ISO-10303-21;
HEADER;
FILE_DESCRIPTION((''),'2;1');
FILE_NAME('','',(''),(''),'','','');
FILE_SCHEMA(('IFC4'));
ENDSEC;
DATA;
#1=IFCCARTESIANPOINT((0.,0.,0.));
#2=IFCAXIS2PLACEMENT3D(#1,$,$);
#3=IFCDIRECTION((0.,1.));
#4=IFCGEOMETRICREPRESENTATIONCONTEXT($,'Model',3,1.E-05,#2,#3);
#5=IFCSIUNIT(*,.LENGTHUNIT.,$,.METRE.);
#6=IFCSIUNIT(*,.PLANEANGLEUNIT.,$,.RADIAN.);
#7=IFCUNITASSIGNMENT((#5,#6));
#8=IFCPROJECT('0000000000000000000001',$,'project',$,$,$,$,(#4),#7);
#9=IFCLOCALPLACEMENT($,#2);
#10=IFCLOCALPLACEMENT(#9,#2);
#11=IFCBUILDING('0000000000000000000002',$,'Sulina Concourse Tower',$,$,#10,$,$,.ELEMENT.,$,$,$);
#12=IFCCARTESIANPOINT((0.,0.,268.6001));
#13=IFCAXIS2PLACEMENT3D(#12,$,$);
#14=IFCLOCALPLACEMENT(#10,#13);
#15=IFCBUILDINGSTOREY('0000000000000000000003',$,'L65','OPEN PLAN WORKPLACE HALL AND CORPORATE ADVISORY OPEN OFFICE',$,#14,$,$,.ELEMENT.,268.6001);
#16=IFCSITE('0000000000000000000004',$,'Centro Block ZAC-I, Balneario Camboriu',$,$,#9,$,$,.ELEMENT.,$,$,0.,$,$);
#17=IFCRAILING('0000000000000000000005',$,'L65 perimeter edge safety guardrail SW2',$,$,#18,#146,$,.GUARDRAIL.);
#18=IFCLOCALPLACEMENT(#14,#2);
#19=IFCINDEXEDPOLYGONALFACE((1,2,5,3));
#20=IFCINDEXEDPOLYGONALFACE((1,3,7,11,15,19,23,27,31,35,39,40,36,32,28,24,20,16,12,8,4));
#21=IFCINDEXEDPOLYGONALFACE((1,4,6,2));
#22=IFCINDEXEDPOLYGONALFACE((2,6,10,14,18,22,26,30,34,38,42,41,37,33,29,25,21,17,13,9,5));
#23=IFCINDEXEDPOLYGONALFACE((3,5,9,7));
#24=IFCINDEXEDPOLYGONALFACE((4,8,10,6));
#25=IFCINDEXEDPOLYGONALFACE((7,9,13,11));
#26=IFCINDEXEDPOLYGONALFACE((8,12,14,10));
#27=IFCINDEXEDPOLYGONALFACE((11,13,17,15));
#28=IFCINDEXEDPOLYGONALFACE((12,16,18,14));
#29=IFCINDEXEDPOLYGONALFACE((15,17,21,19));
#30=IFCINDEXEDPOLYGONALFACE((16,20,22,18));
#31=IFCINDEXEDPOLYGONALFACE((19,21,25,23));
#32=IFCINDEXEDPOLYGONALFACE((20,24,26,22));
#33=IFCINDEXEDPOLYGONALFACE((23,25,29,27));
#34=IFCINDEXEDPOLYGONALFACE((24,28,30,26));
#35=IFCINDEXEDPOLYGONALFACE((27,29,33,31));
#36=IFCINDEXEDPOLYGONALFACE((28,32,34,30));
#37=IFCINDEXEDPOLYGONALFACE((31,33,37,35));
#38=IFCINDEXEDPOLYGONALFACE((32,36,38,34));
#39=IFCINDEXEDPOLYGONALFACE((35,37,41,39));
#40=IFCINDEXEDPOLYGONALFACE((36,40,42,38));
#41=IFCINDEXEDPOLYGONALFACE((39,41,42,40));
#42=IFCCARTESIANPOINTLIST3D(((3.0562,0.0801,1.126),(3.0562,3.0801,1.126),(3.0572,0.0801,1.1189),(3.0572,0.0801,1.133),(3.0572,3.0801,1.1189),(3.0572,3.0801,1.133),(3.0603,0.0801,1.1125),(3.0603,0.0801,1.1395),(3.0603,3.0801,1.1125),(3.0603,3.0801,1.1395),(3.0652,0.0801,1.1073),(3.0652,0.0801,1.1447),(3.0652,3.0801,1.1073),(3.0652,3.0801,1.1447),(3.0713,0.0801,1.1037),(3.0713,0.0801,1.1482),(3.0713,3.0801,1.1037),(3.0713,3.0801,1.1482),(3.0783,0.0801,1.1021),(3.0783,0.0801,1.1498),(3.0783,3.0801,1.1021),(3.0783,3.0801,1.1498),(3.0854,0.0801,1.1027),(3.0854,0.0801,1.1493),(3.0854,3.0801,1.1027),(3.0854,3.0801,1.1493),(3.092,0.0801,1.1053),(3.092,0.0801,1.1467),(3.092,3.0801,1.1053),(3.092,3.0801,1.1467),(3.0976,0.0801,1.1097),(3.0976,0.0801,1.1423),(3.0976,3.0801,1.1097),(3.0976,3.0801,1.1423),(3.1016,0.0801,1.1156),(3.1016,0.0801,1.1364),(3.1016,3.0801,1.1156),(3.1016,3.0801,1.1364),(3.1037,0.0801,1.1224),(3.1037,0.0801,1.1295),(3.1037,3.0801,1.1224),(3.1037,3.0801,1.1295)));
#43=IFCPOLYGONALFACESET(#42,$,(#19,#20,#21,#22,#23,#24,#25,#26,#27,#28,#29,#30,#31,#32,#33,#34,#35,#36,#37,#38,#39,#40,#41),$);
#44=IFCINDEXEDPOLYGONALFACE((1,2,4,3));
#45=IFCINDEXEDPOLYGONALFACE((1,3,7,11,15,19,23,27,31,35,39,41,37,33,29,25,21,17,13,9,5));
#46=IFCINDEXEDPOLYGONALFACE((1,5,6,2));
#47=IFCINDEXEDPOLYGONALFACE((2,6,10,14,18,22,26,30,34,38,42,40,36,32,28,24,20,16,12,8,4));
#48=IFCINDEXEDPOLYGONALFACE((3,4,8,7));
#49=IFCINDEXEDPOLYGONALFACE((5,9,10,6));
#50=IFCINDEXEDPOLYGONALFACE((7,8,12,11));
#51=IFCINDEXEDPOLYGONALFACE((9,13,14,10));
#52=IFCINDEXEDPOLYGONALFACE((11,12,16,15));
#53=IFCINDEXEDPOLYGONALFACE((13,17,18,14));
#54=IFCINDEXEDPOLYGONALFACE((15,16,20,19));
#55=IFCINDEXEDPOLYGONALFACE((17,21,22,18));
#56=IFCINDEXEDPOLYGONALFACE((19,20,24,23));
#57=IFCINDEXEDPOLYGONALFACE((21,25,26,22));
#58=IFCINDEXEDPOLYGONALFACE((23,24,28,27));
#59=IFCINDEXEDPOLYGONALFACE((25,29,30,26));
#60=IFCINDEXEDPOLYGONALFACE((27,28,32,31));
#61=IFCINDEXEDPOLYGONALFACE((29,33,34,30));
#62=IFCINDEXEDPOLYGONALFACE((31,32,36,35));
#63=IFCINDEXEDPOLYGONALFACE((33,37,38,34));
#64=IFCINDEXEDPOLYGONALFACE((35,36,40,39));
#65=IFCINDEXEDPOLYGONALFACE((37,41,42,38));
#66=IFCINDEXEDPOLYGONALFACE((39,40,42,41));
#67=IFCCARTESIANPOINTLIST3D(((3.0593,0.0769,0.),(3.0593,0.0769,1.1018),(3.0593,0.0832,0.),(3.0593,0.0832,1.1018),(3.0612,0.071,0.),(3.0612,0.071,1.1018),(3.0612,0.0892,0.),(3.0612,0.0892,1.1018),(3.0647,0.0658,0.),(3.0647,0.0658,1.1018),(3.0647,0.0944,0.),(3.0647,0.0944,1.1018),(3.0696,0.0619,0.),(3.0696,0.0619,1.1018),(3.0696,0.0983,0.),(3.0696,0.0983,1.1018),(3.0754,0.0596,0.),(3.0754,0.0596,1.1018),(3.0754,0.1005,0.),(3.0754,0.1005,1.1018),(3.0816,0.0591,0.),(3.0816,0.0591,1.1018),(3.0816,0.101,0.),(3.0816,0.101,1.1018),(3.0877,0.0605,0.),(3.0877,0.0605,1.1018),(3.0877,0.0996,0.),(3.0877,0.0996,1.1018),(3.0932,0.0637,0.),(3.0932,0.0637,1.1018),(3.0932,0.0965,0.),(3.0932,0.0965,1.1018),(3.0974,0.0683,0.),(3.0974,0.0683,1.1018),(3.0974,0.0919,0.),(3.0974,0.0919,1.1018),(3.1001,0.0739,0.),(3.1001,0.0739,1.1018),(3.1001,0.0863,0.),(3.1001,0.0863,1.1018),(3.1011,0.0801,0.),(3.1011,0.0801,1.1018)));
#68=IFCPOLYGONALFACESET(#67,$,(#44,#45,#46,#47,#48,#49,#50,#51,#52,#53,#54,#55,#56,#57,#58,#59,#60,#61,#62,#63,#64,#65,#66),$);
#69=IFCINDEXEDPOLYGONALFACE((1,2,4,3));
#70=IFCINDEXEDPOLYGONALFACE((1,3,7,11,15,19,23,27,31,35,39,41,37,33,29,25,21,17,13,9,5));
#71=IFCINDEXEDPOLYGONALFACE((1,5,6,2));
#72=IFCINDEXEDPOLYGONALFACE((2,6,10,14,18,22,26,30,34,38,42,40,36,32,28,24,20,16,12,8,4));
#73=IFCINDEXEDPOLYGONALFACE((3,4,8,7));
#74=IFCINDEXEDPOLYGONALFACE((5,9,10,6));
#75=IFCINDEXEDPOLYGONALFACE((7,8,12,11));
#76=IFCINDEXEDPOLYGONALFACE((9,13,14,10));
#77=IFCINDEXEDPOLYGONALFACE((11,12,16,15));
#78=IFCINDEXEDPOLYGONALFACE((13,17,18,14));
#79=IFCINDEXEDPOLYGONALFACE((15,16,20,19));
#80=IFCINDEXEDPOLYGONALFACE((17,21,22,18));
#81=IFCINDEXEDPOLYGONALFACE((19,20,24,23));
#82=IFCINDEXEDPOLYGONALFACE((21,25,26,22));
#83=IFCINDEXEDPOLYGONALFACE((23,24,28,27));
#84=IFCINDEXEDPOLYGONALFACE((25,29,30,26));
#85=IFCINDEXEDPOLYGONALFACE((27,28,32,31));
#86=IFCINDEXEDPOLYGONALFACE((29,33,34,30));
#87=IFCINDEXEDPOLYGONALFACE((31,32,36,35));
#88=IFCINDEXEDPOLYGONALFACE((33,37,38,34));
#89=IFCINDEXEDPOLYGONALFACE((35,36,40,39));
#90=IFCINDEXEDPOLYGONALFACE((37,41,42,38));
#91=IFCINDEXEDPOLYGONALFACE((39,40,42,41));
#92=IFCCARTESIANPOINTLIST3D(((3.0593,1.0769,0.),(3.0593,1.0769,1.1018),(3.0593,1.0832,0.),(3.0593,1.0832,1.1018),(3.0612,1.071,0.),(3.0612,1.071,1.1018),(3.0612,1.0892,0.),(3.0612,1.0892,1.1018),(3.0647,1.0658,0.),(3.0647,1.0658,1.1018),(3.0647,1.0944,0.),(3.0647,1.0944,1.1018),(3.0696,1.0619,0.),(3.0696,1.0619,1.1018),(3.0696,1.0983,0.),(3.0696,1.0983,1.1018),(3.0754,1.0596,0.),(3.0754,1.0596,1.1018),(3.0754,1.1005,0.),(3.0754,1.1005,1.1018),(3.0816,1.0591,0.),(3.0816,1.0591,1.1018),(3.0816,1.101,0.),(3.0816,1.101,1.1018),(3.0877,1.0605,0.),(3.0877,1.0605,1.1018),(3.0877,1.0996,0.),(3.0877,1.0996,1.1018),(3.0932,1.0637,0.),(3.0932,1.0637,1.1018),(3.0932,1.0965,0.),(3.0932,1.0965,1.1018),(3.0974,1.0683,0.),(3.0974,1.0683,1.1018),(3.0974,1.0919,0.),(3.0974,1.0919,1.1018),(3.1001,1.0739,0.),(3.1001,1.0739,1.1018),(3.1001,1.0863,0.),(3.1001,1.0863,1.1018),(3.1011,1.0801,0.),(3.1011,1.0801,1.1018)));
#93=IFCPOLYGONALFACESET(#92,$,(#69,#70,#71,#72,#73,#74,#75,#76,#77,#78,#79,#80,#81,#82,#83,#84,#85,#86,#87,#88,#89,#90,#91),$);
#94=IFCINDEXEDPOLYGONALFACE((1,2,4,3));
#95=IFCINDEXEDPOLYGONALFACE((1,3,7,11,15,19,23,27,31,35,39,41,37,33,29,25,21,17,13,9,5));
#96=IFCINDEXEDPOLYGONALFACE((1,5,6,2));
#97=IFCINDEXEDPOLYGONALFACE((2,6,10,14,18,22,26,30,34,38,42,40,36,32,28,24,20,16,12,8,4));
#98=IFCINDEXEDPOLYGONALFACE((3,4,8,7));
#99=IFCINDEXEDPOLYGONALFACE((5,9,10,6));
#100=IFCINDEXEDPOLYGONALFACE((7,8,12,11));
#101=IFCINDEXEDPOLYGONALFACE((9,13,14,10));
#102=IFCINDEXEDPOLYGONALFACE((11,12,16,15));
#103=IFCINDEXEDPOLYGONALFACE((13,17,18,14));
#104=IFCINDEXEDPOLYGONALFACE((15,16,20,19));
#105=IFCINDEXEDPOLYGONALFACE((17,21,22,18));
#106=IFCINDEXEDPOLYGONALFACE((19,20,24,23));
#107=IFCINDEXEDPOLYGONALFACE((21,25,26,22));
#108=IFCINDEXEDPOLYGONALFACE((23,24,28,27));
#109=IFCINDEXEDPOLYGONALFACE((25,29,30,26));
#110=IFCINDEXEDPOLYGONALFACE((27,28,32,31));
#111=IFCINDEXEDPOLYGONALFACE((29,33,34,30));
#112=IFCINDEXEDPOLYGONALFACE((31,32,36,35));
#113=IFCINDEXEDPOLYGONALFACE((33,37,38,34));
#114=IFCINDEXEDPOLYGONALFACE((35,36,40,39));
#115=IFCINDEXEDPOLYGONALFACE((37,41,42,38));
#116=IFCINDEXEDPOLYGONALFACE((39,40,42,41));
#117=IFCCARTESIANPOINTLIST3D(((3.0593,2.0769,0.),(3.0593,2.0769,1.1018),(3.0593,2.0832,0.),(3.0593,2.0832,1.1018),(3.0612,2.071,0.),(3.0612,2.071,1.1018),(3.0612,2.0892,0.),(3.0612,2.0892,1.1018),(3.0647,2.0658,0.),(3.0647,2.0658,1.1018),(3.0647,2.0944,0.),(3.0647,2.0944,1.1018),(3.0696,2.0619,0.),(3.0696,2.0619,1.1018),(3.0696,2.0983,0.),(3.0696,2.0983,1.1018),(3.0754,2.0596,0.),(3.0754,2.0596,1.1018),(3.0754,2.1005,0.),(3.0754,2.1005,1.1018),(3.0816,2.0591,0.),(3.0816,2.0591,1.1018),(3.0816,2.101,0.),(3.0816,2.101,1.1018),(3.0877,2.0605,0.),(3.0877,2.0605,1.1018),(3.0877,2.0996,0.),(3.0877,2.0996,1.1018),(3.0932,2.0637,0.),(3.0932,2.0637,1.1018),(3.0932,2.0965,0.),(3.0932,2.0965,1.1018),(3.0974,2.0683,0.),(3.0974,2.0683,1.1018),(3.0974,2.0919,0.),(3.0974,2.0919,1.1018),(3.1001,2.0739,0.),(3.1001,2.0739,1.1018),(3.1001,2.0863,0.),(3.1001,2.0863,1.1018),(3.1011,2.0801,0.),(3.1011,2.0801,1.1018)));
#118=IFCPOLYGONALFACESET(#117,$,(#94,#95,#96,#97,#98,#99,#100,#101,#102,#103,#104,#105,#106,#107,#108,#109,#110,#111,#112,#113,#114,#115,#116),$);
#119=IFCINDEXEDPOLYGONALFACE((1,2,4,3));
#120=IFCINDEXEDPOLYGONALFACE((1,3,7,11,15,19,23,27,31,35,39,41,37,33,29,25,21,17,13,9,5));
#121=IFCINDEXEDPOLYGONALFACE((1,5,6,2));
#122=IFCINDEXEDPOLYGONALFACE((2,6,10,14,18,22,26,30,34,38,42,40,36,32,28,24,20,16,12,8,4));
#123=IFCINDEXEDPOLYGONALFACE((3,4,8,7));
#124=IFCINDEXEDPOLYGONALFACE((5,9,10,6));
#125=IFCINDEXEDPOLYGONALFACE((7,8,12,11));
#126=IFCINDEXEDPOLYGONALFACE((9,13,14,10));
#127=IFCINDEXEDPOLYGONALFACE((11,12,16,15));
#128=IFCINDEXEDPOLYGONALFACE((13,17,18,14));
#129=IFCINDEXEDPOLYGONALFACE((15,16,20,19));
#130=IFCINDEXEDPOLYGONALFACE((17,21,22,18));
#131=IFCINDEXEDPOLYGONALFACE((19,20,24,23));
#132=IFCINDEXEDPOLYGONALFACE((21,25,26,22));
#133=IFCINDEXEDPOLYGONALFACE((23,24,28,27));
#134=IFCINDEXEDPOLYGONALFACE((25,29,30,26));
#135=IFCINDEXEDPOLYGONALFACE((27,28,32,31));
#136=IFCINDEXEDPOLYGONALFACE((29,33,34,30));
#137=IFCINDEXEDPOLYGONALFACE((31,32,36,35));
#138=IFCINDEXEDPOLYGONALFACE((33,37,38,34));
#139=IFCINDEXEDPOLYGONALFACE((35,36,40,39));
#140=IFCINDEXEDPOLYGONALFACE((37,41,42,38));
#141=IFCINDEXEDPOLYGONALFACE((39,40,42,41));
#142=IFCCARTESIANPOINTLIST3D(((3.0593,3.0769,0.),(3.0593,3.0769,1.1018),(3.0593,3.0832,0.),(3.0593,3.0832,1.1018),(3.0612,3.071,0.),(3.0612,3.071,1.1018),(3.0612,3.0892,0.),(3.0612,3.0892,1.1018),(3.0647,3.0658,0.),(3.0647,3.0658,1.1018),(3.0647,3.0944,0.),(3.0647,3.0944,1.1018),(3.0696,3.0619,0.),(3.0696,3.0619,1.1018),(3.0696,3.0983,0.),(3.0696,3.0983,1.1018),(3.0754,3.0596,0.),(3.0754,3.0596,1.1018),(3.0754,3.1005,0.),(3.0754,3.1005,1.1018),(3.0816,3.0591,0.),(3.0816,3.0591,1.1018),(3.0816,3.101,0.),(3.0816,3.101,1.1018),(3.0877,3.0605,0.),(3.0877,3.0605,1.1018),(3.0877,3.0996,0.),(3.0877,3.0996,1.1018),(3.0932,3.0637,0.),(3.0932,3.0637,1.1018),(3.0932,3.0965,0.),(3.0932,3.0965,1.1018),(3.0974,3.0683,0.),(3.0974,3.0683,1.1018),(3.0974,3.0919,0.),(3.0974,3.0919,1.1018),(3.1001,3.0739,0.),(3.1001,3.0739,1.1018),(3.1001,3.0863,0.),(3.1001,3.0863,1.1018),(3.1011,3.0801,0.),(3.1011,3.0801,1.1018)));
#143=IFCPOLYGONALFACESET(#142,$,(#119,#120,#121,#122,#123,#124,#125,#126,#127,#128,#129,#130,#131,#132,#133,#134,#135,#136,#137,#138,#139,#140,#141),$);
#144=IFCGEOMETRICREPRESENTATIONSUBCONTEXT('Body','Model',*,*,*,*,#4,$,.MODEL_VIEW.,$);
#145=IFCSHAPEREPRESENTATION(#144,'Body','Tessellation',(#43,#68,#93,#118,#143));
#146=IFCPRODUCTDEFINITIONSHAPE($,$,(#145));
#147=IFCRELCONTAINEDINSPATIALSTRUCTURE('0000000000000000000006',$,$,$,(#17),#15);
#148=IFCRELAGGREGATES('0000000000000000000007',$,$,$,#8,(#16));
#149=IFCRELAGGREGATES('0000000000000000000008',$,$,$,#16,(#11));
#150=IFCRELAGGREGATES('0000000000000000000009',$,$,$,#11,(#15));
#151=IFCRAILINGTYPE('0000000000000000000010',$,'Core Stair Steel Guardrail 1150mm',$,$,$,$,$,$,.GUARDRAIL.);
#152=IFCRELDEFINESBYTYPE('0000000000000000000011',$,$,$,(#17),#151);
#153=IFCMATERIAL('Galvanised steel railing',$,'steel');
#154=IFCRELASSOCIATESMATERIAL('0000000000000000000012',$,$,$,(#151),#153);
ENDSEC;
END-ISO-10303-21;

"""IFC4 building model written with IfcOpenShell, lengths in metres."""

from ifc_helpers import new_model, si_unit, direction, frame, origin, origin_2d, place, context, subcontext, project, spatial, circle, extrude, material, type_object, element, save


model = new_model("IFC4")

# Units and contexts
model_context = context("Model", 3, precision=1e-05, world=origin(), true_north=direction((0.0, 1.0)))
body_context = subcontext(model_context, "Body", "Model", "MODEL_VIEW")
ifc_project = project(units=[si_unit("LENGTHUNIT", "METRE"), si_unit("PLANEANGLEUNIT", "RADIAN")], contexts=[model_context])

# Site, building, storey
site_placement = place(None, origin())
site = spatial("IfcSite", under=ifc_project, at=site_placement, Name="Centro Block ZAC-I, Balneario Camboriu", CompositionType="ELEMENT", RefElevation=0.0)
building_placement = place(site_placement, origin())
building = spatial("IfcBuilding", under=site, at=building_placement, Name="Sulina Concourse Tower", CompositionType="ELEMENT")
storey_placement = place(building_placement, frame((0.0, 0.0, 268.6001)))
storey = spatial("IfcBuildingStorey", under=building, at=storey_placement, Name="L65", Description="OPEN PLAN WORKPLACE HALL AND CORPORATE ADVISORY OPEN OFFICE", CompositionType="ELEMENT", Elevation=268.6001)

# Railing
ifc_material_1 = material(Name="Galvanised steel railing", Category="steel")
railing_type = type_object("IfcRailingType", Name="Core Stair Steel Guardrail 1150mm", PredefinedType="GUARDRAIL", material=ifc_material_1)
railing_1_placement = place(storey_placement, frame((3.0801, 0.0801, 0.0)))
element("IfcRailing", 1, at=railing_1_placement, inside=storey, type_object=railing_type, Name="L65 perimeter edge safety guardrail SW2", PredefinedType="GUARDRAIL", context=body_context, shape_type="SweptSolid", body=[
    extrude(circle(Radius=0.0239, at=origin_2d()), frame((0.0, 0.0, 1.126), z_axis=(0.0, 1.0, 0.0), x_axis=(-1.0, 0.0, 0.0)), (0.0, 0.0, 1.0), 3.0),
    extrude(circle(Radius=0.021, at=origin_2d()), origin(), (0.0, 0.0, 1.0), 1.1018),
    extrude(circle(Radius=0.021, at=origin_2d()), frame((0.0, 1.0, 0.0)), (0.0, 0.0, 1.0), 1.1018),
    extrude(circle(Radius=0.021, at=origin_2d()), frame((0.0, 2.0, 0.0)), (0.0, 0.0, 1.0), 1.1018),
    extrude(circle(Radius=0.021, at=origin_2d()), frame((0.0, 3.0, 0.0)), (0.0, 0.0, 1.0), 1.1018),
])

save(model, "model.ifc")
